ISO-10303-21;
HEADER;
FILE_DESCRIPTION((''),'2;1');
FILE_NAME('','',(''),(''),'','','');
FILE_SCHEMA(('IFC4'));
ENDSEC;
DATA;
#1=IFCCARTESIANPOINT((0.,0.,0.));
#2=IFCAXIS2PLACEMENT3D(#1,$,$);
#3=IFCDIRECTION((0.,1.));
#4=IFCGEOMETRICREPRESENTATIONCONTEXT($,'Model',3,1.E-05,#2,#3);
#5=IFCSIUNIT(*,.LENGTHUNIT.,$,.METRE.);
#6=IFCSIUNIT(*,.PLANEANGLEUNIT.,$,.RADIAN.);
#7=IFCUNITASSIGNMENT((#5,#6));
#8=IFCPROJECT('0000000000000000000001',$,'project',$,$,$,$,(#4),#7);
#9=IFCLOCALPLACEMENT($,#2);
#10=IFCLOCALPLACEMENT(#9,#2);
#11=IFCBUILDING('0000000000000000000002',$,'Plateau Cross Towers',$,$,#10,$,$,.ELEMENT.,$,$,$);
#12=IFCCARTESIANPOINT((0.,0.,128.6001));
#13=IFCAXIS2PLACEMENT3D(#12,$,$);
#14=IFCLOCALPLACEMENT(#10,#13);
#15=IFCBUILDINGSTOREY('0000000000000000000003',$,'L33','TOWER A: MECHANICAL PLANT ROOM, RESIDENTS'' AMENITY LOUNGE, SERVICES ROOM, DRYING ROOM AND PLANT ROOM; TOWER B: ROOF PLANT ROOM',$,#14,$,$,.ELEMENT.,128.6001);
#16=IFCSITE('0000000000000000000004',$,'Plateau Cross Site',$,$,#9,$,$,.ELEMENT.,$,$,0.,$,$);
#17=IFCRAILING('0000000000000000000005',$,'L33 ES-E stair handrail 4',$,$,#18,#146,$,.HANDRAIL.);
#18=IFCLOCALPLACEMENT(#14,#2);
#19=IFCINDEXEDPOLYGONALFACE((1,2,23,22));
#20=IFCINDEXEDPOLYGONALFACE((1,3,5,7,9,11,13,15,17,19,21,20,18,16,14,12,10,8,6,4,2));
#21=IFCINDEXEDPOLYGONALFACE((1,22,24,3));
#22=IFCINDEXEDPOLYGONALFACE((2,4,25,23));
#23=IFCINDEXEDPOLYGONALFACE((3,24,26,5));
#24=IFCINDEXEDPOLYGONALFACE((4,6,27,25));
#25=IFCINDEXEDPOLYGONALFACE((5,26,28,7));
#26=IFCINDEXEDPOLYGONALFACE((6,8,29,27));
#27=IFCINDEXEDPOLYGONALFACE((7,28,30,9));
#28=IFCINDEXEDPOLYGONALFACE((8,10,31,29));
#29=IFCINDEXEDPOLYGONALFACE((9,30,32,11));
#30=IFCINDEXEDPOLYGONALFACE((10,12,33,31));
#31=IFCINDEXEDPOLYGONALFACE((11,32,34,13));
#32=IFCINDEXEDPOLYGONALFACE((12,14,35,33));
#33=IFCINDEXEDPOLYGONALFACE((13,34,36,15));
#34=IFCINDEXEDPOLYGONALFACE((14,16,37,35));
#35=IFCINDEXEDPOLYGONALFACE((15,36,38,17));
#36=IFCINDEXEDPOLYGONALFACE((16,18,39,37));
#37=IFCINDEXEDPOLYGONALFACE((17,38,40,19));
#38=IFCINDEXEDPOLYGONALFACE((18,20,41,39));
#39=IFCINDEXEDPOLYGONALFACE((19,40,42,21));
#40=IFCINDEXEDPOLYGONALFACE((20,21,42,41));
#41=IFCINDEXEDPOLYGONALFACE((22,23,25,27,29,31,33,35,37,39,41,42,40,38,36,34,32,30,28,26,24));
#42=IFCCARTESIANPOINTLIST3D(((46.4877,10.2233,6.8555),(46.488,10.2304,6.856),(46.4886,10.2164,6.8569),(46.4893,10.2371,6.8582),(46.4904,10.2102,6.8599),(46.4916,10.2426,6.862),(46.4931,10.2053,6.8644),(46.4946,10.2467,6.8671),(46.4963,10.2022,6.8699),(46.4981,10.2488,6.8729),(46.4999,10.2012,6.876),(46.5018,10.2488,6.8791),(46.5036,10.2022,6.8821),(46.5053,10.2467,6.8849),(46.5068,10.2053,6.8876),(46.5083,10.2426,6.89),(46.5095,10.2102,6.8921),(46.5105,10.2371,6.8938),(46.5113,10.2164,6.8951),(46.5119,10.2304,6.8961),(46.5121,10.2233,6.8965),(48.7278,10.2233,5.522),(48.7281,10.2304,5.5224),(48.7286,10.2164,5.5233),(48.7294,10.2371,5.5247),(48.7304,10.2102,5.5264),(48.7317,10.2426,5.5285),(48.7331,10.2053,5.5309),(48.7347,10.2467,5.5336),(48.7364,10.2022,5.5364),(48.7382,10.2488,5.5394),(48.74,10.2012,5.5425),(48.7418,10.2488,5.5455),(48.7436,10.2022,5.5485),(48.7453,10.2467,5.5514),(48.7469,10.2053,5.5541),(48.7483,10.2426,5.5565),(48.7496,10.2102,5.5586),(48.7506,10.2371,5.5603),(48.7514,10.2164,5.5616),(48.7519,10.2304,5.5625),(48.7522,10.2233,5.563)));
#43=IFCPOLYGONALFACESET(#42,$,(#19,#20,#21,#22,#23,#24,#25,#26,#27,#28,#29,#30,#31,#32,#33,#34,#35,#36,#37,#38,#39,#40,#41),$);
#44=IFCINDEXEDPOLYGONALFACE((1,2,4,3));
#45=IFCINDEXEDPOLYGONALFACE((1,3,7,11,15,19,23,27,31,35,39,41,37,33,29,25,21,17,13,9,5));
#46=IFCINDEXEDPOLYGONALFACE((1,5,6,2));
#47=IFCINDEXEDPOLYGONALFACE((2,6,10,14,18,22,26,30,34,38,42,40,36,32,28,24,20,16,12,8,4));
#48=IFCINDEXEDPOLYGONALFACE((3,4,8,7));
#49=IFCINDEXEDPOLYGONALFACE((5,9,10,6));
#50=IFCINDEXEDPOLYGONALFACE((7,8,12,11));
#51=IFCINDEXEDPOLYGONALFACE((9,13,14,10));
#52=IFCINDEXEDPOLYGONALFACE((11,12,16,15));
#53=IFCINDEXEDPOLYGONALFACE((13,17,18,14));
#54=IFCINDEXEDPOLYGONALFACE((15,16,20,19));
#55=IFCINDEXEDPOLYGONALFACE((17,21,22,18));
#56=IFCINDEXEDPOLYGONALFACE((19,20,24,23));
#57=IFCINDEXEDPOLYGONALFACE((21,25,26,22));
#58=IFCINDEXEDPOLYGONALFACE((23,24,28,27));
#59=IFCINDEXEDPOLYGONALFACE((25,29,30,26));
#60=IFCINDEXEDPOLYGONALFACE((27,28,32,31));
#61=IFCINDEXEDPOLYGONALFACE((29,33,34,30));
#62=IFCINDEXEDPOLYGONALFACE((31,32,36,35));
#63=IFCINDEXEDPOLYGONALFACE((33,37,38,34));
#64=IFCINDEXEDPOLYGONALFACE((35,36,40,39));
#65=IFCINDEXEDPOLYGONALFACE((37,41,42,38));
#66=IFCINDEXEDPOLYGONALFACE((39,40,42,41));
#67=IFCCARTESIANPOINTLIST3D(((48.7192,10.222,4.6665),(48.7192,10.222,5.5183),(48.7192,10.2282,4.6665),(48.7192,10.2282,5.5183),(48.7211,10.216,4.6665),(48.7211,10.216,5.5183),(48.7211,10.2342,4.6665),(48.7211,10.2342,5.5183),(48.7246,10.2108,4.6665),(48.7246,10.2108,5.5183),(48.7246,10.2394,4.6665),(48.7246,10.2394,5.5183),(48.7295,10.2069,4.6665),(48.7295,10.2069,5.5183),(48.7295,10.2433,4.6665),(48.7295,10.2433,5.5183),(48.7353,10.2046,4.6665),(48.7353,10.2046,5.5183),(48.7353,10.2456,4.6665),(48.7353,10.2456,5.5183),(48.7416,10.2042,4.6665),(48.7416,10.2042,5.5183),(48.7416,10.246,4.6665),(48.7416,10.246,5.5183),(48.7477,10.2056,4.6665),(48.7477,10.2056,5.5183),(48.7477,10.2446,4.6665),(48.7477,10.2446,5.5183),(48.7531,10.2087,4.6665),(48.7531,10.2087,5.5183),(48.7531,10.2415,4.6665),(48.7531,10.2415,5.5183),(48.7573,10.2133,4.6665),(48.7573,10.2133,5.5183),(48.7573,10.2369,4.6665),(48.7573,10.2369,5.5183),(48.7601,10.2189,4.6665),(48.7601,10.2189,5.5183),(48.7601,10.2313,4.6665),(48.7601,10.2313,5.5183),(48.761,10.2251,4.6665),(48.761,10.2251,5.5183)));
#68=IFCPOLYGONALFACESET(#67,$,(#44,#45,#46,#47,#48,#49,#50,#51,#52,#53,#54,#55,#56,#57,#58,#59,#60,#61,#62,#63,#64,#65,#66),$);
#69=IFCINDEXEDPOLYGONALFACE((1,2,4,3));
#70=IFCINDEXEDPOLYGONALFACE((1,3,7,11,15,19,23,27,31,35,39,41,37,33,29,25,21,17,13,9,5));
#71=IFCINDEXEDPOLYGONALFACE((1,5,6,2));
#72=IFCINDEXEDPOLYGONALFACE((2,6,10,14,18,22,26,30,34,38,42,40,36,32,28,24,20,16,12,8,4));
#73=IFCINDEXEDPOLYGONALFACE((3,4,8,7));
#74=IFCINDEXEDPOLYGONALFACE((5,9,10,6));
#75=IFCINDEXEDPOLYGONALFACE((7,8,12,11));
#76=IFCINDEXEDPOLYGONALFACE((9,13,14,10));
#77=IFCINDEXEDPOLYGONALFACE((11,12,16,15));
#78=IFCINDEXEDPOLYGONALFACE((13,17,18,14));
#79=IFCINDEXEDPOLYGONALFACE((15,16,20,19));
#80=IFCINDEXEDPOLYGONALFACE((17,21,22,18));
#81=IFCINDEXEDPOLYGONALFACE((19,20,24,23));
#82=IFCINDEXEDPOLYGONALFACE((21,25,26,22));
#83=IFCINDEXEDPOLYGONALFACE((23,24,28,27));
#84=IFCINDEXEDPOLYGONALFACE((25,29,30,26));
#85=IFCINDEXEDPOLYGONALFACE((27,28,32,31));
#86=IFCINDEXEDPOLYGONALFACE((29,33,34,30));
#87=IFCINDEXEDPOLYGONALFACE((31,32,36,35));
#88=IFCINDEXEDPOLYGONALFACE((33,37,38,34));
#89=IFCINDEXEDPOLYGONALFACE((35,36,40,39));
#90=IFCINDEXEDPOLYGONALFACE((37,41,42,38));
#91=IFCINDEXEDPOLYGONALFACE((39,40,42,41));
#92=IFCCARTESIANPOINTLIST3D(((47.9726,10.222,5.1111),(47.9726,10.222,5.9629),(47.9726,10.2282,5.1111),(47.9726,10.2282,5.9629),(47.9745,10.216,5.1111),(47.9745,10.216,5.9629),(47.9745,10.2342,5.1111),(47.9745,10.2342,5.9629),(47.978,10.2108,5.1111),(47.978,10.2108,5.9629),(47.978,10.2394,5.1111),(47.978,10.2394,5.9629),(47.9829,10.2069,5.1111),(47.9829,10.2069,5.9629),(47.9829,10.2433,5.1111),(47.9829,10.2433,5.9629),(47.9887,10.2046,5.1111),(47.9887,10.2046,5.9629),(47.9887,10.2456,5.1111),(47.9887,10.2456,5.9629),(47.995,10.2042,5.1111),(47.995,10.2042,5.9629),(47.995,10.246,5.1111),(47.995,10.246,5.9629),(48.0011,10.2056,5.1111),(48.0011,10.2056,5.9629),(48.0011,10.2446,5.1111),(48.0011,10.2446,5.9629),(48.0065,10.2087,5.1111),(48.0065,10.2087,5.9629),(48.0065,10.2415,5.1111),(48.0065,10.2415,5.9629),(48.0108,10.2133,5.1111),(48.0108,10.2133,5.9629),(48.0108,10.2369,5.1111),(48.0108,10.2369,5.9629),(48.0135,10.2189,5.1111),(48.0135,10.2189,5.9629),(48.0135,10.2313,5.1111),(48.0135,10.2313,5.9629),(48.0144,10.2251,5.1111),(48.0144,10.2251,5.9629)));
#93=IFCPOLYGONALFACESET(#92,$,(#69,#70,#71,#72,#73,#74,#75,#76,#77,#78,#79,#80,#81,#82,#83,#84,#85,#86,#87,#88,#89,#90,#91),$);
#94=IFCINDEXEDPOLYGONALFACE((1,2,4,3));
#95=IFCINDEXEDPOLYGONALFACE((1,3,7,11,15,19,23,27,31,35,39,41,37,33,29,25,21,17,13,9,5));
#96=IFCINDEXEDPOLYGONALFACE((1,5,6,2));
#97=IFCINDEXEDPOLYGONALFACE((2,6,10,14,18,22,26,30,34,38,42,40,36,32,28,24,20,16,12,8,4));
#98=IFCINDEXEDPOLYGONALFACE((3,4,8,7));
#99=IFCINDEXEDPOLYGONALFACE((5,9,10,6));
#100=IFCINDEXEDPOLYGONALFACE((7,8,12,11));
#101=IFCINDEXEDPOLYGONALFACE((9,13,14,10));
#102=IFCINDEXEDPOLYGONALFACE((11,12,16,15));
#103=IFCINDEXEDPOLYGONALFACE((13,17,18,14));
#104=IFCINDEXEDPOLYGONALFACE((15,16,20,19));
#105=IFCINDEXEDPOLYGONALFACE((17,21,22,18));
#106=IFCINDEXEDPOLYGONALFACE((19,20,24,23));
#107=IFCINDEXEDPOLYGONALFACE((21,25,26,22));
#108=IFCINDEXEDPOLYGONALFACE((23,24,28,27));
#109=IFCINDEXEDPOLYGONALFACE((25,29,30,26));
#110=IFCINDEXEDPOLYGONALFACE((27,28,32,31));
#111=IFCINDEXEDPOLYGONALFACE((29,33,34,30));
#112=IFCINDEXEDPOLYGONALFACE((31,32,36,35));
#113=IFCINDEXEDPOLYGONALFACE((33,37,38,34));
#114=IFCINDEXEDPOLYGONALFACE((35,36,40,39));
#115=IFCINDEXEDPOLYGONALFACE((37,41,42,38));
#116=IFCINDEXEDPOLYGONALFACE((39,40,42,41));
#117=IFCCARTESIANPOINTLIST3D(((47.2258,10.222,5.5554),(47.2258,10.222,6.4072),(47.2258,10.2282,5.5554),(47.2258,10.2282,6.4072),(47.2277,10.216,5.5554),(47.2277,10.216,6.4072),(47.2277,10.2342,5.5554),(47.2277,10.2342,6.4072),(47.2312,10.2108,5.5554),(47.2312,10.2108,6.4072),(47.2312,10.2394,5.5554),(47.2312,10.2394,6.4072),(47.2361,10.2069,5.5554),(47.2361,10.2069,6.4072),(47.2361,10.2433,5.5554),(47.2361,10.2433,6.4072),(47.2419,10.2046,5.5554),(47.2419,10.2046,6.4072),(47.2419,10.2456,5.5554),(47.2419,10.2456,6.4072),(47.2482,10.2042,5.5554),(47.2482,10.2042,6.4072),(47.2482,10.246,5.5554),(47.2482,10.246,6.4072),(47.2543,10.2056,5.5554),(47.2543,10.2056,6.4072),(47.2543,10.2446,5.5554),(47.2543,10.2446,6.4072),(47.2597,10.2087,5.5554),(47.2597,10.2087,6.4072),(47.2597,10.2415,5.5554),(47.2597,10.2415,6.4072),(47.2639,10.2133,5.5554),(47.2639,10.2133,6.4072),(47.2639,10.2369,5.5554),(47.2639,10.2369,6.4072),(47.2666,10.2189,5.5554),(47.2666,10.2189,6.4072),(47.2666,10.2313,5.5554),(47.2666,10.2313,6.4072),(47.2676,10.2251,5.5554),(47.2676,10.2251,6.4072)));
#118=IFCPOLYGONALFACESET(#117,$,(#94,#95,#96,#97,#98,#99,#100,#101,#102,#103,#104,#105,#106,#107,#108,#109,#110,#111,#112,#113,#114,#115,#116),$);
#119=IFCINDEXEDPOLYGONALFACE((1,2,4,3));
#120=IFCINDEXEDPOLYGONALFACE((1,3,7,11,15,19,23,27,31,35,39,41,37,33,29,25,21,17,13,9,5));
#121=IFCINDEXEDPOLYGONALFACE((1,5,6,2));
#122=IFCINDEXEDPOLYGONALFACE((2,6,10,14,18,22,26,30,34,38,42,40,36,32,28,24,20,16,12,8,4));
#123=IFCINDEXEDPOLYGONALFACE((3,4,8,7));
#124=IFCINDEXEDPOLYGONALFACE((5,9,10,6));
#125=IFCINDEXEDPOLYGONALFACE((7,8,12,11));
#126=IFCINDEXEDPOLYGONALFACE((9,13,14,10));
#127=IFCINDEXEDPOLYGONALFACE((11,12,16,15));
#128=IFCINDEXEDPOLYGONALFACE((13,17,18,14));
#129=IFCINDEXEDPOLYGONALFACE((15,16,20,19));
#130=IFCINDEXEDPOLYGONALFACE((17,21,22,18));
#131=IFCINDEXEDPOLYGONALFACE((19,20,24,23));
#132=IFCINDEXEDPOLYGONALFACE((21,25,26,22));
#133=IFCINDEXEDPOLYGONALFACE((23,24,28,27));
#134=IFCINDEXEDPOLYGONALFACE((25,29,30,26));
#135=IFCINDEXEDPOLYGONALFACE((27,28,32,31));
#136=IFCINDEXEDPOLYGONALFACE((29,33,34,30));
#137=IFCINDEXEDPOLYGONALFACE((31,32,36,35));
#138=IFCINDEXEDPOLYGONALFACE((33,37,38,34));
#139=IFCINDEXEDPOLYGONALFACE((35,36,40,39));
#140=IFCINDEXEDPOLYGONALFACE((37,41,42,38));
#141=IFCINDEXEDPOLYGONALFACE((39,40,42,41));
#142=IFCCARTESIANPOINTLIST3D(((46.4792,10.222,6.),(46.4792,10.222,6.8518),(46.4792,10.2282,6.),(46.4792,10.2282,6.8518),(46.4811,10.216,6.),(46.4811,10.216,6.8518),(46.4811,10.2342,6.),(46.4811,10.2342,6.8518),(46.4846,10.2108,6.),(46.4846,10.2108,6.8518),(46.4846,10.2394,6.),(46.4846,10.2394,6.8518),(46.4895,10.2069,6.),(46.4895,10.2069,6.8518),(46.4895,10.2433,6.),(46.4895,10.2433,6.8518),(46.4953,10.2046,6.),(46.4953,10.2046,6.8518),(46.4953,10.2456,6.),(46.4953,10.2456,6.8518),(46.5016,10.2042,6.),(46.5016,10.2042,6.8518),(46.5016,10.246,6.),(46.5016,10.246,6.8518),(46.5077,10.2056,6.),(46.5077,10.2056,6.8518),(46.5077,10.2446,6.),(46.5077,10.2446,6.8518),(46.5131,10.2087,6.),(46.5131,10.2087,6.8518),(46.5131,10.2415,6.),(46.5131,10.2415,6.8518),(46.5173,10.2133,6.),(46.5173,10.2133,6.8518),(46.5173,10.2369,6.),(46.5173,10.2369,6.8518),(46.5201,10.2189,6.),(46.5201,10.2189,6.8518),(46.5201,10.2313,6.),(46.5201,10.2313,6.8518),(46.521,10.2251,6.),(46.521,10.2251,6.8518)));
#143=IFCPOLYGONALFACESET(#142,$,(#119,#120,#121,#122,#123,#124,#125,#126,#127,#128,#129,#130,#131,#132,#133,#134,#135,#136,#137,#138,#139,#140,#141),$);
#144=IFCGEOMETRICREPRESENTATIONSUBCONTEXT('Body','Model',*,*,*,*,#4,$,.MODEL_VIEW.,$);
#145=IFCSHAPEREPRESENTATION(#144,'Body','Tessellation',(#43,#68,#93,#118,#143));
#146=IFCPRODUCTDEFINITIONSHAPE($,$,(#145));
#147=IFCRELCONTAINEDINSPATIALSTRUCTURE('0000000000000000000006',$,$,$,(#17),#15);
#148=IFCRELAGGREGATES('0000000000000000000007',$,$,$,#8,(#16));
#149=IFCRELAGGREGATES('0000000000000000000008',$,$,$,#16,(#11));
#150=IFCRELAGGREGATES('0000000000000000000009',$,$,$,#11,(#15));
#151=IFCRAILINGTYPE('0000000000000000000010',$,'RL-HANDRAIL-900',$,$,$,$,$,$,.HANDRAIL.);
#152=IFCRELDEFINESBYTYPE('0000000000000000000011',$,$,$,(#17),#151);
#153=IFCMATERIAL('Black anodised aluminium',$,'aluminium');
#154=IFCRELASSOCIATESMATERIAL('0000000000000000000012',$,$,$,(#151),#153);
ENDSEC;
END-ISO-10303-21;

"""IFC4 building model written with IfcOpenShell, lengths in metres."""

from ifc_helpers import new_model, si_unit, direction, frame, origin, origin_2d, place, context, subcontext, project, spatial, circle, extrude, material, type_object, element, save


model = new_model("IFC4")

# Units and contexts
model_context = context("Model", 3, precision=1e-05, world=origin(), true_north=direction((0.0, 1.0)))
body_context = subcontext(model_context, "Body", "Model", "MODEL_VIEW")
ifc_project = project(units=[si_unit("LENGTHUNIT", "METRE"), si_unit("PLANEANGLEUNIT", "RADIAN")], contexts=[model_context])

# Site, building, storey
site_placement = place(None, origin())
site = spatial("IfcSite", under=ifc_project, at=site_placement, Name="Plateau Cross Site", CompositionType="ELEMENT", RefElevation=0.0)
building_placement = place(site_placement, origin())
building = spatial("IfcBuilding", under=site, at=building_placement, Name="Plateau Cross Towers", CompositionType="ELEMENT")
storey_placement = place(building_placement, frame((0.0, 0.0, 128.6001)))
storey = spatial("IfcBuildingStorey", under=building, at=storey_placement, Name="L33", Description="TOWER A: MECHANICAL PLANT ROOM, RESIDENTS' AMENITY LOUNGE, SERVICES ROOM, DRYING ROOM AND PLANT ROOM; TOWER B: ROOF PLANT ROOM", CompositionType="ELEMENT", Elevation=128.6001)

# Shared definitions
ifc_material_1 = material(Name="Black anodised aluminium", Category="aluminium")

# Railing
railing_type_1 = type_object("IfcRailingType", Name="RL-HANDRAIL-900", PredefinedType="HANDRAIL", material=ifc_material_1)
for number, where, name in (
    (1, (48.74, 10.2251, 4.6665), "L33 ES-E stair handrail 4"),
):
    element("IfcRailing", number, at=place(storey_placement, frame(where)), inside=storey, type_object=railing_type_1, Name=name, PredefinedType="HANDRAIL", context=body_context, shape_type="SweptSolid", body=[
        extrude(circle(Radius=0.0239, at=origin_2d()), frame((0.0, 0.0, 0.876), z_axis=(-0.859264, 0.0, 0.511532), x_axis=(0.0, -1.0, 0.0)), (0.0, 0.0, 1.0), 2.6069),
        extrude(circle(Radius=0.021, at=origin_2d()), origin(), (0.0, 0.0, 1.0), 0.8518),
        extrude(circle(Radius=0.021, at=origin_2d()), frame((-0.7466, 0.0, 0.4446)), (0.0, 0.0, 1.0), 0.8518),
        extrude(circle(Radius=0.021, at=origin_2d()), frame((-1.4934, 0.0, 0.8889)), (0.0, 0.0, 1.0), 0.8518),
        extrude(circle(Radius=0.021, at=origin_2d()), frame((-2.24, 0.0, 1.3335)), (0.0, 0.0, 1.0), 0.8518),
    ])

save(model, "model.ifc")
